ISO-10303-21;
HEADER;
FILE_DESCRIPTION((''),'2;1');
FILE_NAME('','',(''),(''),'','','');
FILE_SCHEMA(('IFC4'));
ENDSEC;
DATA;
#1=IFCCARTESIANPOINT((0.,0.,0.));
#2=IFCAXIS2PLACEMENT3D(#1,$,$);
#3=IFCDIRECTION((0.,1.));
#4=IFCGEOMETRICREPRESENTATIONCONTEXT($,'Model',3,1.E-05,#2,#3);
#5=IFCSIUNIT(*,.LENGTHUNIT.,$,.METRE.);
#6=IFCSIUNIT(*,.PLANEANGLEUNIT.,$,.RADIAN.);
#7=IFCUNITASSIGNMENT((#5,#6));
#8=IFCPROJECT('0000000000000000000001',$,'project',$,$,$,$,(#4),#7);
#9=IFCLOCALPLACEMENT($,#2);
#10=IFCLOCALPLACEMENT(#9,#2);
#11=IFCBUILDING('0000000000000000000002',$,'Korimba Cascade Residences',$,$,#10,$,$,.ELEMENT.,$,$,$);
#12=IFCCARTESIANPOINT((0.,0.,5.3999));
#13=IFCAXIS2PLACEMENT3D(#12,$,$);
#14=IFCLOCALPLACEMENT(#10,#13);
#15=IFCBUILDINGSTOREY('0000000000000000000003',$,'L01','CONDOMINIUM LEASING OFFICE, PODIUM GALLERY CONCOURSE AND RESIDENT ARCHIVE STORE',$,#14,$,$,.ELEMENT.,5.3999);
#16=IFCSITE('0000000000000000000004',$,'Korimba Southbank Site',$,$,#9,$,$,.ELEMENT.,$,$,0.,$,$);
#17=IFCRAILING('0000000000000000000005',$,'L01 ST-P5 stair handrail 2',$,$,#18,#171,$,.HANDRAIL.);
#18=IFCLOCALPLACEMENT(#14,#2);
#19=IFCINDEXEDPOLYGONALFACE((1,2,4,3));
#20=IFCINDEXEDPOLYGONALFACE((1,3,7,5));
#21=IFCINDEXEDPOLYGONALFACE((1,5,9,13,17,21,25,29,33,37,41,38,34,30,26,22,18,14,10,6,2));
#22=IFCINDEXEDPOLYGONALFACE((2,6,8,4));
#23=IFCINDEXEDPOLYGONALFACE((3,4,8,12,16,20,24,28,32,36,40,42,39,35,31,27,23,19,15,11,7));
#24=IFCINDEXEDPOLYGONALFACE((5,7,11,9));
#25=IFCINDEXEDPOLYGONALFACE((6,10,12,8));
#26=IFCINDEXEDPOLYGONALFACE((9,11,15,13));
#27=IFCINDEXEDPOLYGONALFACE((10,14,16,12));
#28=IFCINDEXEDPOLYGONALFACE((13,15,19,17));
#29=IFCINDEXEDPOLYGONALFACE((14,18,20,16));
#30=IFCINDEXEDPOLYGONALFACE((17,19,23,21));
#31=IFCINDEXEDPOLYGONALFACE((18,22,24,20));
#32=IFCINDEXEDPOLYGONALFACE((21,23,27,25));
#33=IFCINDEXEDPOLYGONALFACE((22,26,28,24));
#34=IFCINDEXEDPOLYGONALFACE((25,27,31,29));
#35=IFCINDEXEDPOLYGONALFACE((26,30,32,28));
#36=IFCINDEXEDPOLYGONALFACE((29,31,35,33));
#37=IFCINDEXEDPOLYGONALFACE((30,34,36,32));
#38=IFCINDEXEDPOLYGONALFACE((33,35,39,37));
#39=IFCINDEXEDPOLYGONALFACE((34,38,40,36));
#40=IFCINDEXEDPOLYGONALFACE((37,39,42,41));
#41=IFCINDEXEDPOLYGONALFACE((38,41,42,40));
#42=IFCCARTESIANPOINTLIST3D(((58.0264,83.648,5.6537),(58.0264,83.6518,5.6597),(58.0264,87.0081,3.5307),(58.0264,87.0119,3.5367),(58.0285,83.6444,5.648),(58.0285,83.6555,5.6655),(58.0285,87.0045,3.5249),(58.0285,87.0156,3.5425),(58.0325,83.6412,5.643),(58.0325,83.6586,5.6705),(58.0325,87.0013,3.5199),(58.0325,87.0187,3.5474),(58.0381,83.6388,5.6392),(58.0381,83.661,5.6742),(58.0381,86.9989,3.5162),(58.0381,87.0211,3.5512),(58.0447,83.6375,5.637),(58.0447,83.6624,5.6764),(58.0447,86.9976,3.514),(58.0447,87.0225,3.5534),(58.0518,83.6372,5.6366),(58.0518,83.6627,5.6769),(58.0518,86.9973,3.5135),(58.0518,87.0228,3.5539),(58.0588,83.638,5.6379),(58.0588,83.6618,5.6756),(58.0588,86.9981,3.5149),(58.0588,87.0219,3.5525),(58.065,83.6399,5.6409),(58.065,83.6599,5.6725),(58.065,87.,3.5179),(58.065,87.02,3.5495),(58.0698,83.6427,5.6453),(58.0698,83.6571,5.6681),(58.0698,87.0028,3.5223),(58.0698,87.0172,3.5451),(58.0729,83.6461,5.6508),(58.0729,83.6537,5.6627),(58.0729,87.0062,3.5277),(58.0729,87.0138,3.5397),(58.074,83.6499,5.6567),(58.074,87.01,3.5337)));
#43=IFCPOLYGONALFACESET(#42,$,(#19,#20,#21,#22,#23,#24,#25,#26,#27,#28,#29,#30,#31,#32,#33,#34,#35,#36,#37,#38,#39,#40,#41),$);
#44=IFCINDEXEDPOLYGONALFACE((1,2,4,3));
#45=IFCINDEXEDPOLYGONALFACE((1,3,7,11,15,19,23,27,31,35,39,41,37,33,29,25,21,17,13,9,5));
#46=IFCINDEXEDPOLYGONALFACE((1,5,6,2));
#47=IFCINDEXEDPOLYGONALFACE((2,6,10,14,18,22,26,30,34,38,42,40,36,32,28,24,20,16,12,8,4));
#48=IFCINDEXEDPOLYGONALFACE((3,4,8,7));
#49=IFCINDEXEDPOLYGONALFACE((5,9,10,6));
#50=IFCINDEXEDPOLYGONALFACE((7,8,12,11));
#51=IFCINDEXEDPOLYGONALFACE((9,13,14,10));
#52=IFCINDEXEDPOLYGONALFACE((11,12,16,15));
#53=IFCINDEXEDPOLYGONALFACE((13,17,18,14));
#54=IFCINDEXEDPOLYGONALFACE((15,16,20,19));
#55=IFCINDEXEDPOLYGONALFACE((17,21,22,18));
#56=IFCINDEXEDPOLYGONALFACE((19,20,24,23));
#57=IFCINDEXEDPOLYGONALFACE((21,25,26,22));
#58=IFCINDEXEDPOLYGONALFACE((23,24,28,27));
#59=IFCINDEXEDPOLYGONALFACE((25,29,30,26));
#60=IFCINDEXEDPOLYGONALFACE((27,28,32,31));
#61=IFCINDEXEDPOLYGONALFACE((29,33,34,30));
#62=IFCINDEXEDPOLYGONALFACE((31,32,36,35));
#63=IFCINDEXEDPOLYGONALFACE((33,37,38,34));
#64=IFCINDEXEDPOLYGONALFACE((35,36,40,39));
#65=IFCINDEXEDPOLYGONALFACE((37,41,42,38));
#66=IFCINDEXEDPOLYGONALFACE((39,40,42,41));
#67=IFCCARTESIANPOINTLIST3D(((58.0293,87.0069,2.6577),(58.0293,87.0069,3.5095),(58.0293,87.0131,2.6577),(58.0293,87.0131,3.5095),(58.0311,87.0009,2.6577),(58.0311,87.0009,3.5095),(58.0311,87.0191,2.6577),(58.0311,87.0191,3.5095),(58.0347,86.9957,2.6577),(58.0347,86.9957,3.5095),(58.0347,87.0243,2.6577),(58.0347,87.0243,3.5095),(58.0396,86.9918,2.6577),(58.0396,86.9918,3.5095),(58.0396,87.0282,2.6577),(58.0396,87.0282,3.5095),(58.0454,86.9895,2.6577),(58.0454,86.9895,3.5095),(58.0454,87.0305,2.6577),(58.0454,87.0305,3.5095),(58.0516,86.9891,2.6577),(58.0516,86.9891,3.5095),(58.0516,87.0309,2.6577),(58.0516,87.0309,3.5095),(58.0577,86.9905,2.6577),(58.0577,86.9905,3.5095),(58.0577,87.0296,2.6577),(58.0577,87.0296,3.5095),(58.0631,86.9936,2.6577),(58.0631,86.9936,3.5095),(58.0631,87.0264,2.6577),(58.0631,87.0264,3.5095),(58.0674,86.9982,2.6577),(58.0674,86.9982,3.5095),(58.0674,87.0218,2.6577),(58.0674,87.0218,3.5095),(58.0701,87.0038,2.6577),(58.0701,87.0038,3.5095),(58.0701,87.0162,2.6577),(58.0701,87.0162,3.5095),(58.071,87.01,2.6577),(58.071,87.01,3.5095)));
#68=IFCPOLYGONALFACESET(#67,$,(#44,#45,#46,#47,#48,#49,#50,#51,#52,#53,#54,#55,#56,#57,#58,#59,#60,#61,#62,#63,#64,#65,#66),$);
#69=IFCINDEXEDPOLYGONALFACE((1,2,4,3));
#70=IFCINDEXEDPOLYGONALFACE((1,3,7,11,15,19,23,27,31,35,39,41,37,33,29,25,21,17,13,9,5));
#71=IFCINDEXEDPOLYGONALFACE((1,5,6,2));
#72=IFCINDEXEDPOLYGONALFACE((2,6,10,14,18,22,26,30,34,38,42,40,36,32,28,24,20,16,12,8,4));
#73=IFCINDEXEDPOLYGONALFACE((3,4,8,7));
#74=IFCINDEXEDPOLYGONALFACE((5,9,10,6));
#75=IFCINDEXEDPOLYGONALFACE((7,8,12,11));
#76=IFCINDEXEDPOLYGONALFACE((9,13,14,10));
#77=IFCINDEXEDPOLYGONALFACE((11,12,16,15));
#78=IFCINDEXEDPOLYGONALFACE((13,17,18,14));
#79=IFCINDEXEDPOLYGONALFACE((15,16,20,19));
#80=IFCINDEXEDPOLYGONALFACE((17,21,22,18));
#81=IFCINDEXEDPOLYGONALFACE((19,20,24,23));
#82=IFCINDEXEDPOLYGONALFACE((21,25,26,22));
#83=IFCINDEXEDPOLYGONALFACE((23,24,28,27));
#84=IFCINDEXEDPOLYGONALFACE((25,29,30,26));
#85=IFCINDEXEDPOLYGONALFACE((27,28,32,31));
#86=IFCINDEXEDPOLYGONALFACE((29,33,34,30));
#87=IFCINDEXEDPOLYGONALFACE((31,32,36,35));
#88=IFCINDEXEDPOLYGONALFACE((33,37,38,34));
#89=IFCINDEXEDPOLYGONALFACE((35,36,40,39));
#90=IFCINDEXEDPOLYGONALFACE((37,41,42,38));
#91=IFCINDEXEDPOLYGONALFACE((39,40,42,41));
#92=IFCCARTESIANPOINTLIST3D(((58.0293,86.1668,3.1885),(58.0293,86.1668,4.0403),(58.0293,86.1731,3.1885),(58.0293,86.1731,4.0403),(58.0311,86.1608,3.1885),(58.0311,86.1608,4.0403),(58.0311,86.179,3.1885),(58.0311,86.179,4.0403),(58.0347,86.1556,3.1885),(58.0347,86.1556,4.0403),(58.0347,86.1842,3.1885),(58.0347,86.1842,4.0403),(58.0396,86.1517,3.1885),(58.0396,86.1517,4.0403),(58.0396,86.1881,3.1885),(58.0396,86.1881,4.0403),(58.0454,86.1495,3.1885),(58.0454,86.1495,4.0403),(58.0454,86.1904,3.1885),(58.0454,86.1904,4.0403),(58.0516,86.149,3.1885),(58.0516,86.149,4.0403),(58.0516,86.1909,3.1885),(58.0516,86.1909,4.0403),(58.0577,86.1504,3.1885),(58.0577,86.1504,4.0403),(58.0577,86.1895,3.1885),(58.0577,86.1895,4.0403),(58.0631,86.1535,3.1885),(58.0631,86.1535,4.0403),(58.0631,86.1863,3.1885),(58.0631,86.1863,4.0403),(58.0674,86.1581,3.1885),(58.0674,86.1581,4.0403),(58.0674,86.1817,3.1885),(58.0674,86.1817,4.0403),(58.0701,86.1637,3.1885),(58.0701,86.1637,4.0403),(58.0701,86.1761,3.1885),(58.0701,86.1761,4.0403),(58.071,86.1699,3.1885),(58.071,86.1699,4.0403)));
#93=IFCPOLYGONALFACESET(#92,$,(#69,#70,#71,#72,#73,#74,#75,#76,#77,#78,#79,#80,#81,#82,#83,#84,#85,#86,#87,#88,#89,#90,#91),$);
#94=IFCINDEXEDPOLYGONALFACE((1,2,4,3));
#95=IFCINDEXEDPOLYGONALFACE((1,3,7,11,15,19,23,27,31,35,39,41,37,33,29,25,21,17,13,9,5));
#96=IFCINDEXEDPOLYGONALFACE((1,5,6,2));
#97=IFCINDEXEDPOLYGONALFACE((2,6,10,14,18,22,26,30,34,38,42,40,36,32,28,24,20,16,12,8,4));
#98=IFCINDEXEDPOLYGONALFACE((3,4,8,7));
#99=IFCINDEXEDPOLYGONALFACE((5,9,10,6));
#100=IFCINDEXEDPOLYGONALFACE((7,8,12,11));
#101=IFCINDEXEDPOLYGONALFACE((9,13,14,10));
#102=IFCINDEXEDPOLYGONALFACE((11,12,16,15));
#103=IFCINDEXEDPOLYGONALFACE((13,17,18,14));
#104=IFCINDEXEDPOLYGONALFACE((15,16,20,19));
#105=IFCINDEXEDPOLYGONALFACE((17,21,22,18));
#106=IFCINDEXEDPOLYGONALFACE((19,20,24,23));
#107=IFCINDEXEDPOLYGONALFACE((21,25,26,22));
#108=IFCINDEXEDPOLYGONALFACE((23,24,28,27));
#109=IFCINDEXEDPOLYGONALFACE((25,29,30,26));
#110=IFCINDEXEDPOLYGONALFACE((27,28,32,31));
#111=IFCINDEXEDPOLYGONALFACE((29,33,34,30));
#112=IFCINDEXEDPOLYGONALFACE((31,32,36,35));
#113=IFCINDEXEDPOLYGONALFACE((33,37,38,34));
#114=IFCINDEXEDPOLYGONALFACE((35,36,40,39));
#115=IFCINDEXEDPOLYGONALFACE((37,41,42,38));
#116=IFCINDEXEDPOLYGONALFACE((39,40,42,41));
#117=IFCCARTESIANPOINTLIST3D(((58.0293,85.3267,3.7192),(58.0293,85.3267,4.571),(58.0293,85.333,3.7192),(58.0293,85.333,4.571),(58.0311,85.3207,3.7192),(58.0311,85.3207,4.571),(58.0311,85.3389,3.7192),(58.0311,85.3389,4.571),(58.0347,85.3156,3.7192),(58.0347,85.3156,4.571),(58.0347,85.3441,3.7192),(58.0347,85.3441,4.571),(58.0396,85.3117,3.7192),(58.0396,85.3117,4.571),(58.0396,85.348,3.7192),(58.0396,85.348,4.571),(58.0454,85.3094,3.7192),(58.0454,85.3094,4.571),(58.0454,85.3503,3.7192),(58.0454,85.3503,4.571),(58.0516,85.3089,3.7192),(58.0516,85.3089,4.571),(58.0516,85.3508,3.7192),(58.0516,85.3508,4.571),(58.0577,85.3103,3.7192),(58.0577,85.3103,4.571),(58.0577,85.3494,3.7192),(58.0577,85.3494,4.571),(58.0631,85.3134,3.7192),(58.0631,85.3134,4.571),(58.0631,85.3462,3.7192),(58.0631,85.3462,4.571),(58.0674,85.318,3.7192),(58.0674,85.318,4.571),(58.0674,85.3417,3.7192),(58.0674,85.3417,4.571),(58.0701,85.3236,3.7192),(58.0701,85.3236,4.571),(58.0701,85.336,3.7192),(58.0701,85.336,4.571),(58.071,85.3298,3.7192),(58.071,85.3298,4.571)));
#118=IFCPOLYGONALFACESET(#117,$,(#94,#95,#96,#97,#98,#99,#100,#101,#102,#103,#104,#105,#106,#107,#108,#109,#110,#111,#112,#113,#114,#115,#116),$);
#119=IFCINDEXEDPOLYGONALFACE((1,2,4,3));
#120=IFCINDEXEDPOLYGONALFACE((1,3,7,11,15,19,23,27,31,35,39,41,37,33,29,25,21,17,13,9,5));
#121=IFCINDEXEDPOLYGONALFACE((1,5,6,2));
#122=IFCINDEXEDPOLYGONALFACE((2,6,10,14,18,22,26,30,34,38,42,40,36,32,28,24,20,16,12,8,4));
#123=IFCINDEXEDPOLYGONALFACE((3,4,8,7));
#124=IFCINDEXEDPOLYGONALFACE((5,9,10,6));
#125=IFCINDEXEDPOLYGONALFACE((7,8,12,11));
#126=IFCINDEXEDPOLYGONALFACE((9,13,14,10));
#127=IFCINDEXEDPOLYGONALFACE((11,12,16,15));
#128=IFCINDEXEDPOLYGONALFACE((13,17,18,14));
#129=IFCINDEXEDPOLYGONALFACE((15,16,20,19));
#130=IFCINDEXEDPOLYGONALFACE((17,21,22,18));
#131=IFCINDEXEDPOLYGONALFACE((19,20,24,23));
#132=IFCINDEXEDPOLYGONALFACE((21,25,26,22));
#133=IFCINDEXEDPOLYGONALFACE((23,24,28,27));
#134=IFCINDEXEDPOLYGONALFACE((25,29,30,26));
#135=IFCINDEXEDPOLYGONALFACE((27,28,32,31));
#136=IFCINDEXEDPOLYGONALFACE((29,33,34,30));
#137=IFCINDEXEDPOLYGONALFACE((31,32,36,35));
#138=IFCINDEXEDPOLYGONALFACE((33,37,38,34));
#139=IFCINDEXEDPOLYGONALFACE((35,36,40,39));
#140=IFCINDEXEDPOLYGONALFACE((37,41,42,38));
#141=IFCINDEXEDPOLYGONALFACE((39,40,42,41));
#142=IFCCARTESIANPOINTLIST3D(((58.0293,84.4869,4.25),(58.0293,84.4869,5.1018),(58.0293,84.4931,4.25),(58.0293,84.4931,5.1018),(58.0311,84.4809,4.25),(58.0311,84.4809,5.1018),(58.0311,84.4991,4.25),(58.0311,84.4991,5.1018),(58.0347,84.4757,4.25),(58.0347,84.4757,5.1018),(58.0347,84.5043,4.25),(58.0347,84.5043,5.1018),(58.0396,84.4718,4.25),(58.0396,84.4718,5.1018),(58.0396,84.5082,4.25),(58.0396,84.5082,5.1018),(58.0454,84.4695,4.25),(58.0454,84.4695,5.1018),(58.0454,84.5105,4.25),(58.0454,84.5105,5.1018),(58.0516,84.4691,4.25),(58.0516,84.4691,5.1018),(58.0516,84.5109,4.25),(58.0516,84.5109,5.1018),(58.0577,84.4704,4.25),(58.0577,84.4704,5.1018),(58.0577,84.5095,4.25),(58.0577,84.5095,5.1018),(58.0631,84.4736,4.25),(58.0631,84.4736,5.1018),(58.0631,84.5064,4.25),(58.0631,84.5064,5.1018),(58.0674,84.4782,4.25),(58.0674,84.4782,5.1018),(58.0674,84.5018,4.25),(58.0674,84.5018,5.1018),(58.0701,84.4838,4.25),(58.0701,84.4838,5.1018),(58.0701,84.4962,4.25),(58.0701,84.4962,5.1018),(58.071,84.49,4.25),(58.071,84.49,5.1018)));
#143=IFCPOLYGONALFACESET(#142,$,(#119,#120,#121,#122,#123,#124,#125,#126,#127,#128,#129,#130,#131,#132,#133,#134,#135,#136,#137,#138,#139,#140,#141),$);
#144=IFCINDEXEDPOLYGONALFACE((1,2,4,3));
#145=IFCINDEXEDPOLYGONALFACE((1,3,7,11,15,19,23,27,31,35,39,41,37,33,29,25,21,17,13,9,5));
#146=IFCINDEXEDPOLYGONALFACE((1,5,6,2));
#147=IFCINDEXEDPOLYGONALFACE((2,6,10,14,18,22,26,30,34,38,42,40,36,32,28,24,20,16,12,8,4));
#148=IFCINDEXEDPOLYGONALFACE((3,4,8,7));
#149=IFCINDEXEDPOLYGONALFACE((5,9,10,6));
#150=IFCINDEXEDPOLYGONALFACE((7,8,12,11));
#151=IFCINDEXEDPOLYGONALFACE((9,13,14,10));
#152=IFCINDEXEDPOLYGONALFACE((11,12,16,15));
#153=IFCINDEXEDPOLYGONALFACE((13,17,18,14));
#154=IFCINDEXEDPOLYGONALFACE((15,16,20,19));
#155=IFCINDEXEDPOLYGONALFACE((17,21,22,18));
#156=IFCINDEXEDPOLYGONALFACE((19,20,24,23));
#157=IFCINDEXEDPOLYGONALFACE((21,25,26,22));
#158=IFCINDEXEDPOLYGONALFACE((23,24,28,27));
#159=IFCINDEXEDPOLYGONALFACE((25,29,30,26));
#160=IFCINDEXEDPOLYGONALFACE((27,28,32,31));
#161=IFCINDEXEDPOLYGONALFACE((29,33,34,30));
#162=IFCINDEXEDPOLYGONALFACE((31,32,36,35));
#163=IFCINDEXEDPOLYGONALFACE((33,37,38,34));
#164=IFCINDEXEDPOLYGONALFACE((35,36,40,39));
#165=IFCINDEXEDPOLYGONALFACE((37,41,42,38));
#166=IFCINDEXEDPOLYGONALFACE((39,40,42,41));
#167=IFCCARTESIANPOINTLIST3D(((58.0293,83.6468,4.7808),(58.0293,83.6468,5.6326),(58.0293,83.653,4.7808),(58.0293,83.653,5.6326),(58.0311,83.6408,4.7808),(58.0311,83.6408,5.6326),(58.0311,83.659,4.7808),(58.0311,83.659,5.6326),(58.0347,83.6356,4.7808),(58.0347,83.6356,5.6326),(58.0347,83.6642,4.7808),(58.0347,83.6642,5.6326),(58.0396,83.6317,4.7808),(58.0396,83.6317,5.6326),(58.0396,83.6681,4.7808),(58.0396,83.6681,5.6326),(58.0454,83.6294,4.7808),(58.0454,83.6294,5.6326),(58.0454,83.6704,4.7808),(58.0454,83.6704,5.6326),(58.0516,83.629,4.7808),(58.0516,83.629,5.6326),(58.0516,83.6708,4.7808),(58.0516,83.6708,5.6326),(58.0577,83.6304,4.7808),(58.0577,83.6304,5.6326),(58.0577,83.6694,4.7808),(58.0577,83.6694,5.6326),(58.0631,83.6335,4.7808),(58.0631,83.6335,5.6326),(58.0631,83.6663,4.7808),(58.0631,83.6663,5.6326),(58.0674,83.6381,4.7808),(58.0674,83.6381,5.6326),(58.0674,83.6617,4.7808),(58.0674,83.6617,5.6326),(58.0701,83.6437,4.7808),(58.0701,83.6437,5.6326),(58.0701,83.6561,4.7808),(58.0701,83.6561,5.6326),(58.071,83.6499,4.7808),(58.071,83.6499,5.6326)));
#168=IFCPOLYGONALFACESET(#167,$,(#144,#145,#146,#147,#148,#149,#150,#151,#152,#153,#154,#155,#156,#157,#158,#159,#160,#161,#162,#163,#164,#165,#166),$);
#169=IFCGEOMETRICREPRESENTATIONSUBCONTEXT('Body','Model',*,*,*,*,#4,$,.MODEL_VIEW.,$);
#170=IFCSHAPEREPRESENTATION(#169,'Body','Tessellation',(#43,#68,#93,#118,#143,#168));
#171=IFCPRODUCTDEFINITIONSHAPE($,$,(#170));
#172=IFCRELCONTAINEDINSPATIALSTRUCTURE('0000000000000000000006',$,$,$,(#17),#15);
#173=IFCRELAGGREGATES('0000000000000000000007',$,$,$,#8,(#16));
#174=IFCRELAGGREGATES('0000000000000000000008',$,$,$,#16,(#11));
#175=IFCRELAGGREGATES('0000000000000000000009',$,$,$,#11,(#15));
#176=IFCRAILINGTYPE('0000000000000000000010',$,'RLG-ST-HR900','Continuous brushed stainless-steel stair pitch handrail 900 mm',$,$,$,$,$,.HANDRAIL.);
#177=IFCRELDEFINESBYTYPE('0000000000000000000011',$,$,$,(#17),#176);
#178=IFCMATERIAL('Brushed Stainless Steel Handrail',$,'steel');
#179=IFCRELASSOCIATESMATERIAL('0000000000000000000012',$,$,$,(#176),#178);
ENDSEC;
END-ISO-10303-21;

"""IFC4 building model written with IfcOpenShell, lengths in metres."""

from ifc_helpers import new_model, si_unit, direction, frame, origin, origin_2d, place, context, subcontext, project, spatial, circle, extrude, material, type_object, element, save


model = new_model("IFC4")

# Units and contexts
model_context = context("Model", 3, precision=1e-05, world=origin(), true_north=direction((0.0, 1.0)))
body_context = subcontext(model_context, "Body", "Model", "MODEL_VIEW")
ifc_project = project(units=[si_unit("LENGTHUNIT", "METRE"), si_unit("PLANEANGLEUNIT", "RADIAN")], contexts=[model_context])

# Site, building, storey
site_placement = place(None, origin())
site = spatial("IfcSite", under=ifc_project, at=site_placement, Name="Korimba Southbank Site", CompositionType="ELEMENT", RefElevation=0.0)
building_placement = place(site_placement, origin())
building = spatial("IfcBuilding", under=site, at=building_placement, Name="Korimba Cascade Residences", CompositionType="ELEMENT")
storey_placement = place(building_placement, frame((0.0, 0.0, 5.3999)))
storey = spatial("IfcBuildingStorey", under=building, at=storey_placement, Name="L01", Description="CONDOMINIUM LEASING OFFICE, PODIUM GALLERY CONCOURSE AND RESIDENT ARCHIVE STORE", CompositionType="ELEMENT", Elevation=5.3999)

# Railing
ifc_material_1 = material(Name="Brushed Stainless Steel Handrail", Category="steel")
railing_type_1 = type_object("IfcRailingType", Name="RLG-ST-HR900", Description="Continuous brushed stainless-steel stair pitch handrail 900 mm", PredefinedType="HANDRAIL", material=ifc_material_1)
railing_1_placement = place(storey_placement, frame((58.05, 87.01, 2.6577)))
element("IfcRailing", 1, at=railing_1_placement, inside=storey, type_object=railing_type_1, Name="L01 ST-P5 stair handrail 2", PredefinedType="HANDRAIL", context=body_context, shape_type="SweptSolid", body=[
    extrude(circle(Radius=0.0239, at=origin_2d()), frame((0.0, 0.0, 0.876), z_axis=(0.0, -0.84539, 0.53415), x_axis=(1.0, 0.0, 0.0)), (0.0, 0.0, 1.0), 3.9746),
    extrude(circle(Radius=0.021, at=origin_2d()), origin(), (0.0, 0.0, 1.0), 0.8518),
    extrude(circle(Radius=0.021, at=origin_2d()), frame((0.0, -0.8401, 0.5308)), (0.0, 0.0, 1.0), 0.8518),
    extrude(circle(Radius=0.021, at=origin_2d()), frame((0.0, -1.6802, 1.0615)), (0.0, 0.0, 1.0), 0.8518),
    extrude(circle(Radius=0.021, at=origin_2d()), frame((0.0, -2.52, 1.5923)), (0.0, 0.0, 1.0), 0.8518),
    extrude(circle(Radius=0.021, at=origin_2d()), frame((0.0, -3.3601, 2.123)), (0.0, 0.0, 1.0), 0.8518),
])

save(model, "model.ifc")
